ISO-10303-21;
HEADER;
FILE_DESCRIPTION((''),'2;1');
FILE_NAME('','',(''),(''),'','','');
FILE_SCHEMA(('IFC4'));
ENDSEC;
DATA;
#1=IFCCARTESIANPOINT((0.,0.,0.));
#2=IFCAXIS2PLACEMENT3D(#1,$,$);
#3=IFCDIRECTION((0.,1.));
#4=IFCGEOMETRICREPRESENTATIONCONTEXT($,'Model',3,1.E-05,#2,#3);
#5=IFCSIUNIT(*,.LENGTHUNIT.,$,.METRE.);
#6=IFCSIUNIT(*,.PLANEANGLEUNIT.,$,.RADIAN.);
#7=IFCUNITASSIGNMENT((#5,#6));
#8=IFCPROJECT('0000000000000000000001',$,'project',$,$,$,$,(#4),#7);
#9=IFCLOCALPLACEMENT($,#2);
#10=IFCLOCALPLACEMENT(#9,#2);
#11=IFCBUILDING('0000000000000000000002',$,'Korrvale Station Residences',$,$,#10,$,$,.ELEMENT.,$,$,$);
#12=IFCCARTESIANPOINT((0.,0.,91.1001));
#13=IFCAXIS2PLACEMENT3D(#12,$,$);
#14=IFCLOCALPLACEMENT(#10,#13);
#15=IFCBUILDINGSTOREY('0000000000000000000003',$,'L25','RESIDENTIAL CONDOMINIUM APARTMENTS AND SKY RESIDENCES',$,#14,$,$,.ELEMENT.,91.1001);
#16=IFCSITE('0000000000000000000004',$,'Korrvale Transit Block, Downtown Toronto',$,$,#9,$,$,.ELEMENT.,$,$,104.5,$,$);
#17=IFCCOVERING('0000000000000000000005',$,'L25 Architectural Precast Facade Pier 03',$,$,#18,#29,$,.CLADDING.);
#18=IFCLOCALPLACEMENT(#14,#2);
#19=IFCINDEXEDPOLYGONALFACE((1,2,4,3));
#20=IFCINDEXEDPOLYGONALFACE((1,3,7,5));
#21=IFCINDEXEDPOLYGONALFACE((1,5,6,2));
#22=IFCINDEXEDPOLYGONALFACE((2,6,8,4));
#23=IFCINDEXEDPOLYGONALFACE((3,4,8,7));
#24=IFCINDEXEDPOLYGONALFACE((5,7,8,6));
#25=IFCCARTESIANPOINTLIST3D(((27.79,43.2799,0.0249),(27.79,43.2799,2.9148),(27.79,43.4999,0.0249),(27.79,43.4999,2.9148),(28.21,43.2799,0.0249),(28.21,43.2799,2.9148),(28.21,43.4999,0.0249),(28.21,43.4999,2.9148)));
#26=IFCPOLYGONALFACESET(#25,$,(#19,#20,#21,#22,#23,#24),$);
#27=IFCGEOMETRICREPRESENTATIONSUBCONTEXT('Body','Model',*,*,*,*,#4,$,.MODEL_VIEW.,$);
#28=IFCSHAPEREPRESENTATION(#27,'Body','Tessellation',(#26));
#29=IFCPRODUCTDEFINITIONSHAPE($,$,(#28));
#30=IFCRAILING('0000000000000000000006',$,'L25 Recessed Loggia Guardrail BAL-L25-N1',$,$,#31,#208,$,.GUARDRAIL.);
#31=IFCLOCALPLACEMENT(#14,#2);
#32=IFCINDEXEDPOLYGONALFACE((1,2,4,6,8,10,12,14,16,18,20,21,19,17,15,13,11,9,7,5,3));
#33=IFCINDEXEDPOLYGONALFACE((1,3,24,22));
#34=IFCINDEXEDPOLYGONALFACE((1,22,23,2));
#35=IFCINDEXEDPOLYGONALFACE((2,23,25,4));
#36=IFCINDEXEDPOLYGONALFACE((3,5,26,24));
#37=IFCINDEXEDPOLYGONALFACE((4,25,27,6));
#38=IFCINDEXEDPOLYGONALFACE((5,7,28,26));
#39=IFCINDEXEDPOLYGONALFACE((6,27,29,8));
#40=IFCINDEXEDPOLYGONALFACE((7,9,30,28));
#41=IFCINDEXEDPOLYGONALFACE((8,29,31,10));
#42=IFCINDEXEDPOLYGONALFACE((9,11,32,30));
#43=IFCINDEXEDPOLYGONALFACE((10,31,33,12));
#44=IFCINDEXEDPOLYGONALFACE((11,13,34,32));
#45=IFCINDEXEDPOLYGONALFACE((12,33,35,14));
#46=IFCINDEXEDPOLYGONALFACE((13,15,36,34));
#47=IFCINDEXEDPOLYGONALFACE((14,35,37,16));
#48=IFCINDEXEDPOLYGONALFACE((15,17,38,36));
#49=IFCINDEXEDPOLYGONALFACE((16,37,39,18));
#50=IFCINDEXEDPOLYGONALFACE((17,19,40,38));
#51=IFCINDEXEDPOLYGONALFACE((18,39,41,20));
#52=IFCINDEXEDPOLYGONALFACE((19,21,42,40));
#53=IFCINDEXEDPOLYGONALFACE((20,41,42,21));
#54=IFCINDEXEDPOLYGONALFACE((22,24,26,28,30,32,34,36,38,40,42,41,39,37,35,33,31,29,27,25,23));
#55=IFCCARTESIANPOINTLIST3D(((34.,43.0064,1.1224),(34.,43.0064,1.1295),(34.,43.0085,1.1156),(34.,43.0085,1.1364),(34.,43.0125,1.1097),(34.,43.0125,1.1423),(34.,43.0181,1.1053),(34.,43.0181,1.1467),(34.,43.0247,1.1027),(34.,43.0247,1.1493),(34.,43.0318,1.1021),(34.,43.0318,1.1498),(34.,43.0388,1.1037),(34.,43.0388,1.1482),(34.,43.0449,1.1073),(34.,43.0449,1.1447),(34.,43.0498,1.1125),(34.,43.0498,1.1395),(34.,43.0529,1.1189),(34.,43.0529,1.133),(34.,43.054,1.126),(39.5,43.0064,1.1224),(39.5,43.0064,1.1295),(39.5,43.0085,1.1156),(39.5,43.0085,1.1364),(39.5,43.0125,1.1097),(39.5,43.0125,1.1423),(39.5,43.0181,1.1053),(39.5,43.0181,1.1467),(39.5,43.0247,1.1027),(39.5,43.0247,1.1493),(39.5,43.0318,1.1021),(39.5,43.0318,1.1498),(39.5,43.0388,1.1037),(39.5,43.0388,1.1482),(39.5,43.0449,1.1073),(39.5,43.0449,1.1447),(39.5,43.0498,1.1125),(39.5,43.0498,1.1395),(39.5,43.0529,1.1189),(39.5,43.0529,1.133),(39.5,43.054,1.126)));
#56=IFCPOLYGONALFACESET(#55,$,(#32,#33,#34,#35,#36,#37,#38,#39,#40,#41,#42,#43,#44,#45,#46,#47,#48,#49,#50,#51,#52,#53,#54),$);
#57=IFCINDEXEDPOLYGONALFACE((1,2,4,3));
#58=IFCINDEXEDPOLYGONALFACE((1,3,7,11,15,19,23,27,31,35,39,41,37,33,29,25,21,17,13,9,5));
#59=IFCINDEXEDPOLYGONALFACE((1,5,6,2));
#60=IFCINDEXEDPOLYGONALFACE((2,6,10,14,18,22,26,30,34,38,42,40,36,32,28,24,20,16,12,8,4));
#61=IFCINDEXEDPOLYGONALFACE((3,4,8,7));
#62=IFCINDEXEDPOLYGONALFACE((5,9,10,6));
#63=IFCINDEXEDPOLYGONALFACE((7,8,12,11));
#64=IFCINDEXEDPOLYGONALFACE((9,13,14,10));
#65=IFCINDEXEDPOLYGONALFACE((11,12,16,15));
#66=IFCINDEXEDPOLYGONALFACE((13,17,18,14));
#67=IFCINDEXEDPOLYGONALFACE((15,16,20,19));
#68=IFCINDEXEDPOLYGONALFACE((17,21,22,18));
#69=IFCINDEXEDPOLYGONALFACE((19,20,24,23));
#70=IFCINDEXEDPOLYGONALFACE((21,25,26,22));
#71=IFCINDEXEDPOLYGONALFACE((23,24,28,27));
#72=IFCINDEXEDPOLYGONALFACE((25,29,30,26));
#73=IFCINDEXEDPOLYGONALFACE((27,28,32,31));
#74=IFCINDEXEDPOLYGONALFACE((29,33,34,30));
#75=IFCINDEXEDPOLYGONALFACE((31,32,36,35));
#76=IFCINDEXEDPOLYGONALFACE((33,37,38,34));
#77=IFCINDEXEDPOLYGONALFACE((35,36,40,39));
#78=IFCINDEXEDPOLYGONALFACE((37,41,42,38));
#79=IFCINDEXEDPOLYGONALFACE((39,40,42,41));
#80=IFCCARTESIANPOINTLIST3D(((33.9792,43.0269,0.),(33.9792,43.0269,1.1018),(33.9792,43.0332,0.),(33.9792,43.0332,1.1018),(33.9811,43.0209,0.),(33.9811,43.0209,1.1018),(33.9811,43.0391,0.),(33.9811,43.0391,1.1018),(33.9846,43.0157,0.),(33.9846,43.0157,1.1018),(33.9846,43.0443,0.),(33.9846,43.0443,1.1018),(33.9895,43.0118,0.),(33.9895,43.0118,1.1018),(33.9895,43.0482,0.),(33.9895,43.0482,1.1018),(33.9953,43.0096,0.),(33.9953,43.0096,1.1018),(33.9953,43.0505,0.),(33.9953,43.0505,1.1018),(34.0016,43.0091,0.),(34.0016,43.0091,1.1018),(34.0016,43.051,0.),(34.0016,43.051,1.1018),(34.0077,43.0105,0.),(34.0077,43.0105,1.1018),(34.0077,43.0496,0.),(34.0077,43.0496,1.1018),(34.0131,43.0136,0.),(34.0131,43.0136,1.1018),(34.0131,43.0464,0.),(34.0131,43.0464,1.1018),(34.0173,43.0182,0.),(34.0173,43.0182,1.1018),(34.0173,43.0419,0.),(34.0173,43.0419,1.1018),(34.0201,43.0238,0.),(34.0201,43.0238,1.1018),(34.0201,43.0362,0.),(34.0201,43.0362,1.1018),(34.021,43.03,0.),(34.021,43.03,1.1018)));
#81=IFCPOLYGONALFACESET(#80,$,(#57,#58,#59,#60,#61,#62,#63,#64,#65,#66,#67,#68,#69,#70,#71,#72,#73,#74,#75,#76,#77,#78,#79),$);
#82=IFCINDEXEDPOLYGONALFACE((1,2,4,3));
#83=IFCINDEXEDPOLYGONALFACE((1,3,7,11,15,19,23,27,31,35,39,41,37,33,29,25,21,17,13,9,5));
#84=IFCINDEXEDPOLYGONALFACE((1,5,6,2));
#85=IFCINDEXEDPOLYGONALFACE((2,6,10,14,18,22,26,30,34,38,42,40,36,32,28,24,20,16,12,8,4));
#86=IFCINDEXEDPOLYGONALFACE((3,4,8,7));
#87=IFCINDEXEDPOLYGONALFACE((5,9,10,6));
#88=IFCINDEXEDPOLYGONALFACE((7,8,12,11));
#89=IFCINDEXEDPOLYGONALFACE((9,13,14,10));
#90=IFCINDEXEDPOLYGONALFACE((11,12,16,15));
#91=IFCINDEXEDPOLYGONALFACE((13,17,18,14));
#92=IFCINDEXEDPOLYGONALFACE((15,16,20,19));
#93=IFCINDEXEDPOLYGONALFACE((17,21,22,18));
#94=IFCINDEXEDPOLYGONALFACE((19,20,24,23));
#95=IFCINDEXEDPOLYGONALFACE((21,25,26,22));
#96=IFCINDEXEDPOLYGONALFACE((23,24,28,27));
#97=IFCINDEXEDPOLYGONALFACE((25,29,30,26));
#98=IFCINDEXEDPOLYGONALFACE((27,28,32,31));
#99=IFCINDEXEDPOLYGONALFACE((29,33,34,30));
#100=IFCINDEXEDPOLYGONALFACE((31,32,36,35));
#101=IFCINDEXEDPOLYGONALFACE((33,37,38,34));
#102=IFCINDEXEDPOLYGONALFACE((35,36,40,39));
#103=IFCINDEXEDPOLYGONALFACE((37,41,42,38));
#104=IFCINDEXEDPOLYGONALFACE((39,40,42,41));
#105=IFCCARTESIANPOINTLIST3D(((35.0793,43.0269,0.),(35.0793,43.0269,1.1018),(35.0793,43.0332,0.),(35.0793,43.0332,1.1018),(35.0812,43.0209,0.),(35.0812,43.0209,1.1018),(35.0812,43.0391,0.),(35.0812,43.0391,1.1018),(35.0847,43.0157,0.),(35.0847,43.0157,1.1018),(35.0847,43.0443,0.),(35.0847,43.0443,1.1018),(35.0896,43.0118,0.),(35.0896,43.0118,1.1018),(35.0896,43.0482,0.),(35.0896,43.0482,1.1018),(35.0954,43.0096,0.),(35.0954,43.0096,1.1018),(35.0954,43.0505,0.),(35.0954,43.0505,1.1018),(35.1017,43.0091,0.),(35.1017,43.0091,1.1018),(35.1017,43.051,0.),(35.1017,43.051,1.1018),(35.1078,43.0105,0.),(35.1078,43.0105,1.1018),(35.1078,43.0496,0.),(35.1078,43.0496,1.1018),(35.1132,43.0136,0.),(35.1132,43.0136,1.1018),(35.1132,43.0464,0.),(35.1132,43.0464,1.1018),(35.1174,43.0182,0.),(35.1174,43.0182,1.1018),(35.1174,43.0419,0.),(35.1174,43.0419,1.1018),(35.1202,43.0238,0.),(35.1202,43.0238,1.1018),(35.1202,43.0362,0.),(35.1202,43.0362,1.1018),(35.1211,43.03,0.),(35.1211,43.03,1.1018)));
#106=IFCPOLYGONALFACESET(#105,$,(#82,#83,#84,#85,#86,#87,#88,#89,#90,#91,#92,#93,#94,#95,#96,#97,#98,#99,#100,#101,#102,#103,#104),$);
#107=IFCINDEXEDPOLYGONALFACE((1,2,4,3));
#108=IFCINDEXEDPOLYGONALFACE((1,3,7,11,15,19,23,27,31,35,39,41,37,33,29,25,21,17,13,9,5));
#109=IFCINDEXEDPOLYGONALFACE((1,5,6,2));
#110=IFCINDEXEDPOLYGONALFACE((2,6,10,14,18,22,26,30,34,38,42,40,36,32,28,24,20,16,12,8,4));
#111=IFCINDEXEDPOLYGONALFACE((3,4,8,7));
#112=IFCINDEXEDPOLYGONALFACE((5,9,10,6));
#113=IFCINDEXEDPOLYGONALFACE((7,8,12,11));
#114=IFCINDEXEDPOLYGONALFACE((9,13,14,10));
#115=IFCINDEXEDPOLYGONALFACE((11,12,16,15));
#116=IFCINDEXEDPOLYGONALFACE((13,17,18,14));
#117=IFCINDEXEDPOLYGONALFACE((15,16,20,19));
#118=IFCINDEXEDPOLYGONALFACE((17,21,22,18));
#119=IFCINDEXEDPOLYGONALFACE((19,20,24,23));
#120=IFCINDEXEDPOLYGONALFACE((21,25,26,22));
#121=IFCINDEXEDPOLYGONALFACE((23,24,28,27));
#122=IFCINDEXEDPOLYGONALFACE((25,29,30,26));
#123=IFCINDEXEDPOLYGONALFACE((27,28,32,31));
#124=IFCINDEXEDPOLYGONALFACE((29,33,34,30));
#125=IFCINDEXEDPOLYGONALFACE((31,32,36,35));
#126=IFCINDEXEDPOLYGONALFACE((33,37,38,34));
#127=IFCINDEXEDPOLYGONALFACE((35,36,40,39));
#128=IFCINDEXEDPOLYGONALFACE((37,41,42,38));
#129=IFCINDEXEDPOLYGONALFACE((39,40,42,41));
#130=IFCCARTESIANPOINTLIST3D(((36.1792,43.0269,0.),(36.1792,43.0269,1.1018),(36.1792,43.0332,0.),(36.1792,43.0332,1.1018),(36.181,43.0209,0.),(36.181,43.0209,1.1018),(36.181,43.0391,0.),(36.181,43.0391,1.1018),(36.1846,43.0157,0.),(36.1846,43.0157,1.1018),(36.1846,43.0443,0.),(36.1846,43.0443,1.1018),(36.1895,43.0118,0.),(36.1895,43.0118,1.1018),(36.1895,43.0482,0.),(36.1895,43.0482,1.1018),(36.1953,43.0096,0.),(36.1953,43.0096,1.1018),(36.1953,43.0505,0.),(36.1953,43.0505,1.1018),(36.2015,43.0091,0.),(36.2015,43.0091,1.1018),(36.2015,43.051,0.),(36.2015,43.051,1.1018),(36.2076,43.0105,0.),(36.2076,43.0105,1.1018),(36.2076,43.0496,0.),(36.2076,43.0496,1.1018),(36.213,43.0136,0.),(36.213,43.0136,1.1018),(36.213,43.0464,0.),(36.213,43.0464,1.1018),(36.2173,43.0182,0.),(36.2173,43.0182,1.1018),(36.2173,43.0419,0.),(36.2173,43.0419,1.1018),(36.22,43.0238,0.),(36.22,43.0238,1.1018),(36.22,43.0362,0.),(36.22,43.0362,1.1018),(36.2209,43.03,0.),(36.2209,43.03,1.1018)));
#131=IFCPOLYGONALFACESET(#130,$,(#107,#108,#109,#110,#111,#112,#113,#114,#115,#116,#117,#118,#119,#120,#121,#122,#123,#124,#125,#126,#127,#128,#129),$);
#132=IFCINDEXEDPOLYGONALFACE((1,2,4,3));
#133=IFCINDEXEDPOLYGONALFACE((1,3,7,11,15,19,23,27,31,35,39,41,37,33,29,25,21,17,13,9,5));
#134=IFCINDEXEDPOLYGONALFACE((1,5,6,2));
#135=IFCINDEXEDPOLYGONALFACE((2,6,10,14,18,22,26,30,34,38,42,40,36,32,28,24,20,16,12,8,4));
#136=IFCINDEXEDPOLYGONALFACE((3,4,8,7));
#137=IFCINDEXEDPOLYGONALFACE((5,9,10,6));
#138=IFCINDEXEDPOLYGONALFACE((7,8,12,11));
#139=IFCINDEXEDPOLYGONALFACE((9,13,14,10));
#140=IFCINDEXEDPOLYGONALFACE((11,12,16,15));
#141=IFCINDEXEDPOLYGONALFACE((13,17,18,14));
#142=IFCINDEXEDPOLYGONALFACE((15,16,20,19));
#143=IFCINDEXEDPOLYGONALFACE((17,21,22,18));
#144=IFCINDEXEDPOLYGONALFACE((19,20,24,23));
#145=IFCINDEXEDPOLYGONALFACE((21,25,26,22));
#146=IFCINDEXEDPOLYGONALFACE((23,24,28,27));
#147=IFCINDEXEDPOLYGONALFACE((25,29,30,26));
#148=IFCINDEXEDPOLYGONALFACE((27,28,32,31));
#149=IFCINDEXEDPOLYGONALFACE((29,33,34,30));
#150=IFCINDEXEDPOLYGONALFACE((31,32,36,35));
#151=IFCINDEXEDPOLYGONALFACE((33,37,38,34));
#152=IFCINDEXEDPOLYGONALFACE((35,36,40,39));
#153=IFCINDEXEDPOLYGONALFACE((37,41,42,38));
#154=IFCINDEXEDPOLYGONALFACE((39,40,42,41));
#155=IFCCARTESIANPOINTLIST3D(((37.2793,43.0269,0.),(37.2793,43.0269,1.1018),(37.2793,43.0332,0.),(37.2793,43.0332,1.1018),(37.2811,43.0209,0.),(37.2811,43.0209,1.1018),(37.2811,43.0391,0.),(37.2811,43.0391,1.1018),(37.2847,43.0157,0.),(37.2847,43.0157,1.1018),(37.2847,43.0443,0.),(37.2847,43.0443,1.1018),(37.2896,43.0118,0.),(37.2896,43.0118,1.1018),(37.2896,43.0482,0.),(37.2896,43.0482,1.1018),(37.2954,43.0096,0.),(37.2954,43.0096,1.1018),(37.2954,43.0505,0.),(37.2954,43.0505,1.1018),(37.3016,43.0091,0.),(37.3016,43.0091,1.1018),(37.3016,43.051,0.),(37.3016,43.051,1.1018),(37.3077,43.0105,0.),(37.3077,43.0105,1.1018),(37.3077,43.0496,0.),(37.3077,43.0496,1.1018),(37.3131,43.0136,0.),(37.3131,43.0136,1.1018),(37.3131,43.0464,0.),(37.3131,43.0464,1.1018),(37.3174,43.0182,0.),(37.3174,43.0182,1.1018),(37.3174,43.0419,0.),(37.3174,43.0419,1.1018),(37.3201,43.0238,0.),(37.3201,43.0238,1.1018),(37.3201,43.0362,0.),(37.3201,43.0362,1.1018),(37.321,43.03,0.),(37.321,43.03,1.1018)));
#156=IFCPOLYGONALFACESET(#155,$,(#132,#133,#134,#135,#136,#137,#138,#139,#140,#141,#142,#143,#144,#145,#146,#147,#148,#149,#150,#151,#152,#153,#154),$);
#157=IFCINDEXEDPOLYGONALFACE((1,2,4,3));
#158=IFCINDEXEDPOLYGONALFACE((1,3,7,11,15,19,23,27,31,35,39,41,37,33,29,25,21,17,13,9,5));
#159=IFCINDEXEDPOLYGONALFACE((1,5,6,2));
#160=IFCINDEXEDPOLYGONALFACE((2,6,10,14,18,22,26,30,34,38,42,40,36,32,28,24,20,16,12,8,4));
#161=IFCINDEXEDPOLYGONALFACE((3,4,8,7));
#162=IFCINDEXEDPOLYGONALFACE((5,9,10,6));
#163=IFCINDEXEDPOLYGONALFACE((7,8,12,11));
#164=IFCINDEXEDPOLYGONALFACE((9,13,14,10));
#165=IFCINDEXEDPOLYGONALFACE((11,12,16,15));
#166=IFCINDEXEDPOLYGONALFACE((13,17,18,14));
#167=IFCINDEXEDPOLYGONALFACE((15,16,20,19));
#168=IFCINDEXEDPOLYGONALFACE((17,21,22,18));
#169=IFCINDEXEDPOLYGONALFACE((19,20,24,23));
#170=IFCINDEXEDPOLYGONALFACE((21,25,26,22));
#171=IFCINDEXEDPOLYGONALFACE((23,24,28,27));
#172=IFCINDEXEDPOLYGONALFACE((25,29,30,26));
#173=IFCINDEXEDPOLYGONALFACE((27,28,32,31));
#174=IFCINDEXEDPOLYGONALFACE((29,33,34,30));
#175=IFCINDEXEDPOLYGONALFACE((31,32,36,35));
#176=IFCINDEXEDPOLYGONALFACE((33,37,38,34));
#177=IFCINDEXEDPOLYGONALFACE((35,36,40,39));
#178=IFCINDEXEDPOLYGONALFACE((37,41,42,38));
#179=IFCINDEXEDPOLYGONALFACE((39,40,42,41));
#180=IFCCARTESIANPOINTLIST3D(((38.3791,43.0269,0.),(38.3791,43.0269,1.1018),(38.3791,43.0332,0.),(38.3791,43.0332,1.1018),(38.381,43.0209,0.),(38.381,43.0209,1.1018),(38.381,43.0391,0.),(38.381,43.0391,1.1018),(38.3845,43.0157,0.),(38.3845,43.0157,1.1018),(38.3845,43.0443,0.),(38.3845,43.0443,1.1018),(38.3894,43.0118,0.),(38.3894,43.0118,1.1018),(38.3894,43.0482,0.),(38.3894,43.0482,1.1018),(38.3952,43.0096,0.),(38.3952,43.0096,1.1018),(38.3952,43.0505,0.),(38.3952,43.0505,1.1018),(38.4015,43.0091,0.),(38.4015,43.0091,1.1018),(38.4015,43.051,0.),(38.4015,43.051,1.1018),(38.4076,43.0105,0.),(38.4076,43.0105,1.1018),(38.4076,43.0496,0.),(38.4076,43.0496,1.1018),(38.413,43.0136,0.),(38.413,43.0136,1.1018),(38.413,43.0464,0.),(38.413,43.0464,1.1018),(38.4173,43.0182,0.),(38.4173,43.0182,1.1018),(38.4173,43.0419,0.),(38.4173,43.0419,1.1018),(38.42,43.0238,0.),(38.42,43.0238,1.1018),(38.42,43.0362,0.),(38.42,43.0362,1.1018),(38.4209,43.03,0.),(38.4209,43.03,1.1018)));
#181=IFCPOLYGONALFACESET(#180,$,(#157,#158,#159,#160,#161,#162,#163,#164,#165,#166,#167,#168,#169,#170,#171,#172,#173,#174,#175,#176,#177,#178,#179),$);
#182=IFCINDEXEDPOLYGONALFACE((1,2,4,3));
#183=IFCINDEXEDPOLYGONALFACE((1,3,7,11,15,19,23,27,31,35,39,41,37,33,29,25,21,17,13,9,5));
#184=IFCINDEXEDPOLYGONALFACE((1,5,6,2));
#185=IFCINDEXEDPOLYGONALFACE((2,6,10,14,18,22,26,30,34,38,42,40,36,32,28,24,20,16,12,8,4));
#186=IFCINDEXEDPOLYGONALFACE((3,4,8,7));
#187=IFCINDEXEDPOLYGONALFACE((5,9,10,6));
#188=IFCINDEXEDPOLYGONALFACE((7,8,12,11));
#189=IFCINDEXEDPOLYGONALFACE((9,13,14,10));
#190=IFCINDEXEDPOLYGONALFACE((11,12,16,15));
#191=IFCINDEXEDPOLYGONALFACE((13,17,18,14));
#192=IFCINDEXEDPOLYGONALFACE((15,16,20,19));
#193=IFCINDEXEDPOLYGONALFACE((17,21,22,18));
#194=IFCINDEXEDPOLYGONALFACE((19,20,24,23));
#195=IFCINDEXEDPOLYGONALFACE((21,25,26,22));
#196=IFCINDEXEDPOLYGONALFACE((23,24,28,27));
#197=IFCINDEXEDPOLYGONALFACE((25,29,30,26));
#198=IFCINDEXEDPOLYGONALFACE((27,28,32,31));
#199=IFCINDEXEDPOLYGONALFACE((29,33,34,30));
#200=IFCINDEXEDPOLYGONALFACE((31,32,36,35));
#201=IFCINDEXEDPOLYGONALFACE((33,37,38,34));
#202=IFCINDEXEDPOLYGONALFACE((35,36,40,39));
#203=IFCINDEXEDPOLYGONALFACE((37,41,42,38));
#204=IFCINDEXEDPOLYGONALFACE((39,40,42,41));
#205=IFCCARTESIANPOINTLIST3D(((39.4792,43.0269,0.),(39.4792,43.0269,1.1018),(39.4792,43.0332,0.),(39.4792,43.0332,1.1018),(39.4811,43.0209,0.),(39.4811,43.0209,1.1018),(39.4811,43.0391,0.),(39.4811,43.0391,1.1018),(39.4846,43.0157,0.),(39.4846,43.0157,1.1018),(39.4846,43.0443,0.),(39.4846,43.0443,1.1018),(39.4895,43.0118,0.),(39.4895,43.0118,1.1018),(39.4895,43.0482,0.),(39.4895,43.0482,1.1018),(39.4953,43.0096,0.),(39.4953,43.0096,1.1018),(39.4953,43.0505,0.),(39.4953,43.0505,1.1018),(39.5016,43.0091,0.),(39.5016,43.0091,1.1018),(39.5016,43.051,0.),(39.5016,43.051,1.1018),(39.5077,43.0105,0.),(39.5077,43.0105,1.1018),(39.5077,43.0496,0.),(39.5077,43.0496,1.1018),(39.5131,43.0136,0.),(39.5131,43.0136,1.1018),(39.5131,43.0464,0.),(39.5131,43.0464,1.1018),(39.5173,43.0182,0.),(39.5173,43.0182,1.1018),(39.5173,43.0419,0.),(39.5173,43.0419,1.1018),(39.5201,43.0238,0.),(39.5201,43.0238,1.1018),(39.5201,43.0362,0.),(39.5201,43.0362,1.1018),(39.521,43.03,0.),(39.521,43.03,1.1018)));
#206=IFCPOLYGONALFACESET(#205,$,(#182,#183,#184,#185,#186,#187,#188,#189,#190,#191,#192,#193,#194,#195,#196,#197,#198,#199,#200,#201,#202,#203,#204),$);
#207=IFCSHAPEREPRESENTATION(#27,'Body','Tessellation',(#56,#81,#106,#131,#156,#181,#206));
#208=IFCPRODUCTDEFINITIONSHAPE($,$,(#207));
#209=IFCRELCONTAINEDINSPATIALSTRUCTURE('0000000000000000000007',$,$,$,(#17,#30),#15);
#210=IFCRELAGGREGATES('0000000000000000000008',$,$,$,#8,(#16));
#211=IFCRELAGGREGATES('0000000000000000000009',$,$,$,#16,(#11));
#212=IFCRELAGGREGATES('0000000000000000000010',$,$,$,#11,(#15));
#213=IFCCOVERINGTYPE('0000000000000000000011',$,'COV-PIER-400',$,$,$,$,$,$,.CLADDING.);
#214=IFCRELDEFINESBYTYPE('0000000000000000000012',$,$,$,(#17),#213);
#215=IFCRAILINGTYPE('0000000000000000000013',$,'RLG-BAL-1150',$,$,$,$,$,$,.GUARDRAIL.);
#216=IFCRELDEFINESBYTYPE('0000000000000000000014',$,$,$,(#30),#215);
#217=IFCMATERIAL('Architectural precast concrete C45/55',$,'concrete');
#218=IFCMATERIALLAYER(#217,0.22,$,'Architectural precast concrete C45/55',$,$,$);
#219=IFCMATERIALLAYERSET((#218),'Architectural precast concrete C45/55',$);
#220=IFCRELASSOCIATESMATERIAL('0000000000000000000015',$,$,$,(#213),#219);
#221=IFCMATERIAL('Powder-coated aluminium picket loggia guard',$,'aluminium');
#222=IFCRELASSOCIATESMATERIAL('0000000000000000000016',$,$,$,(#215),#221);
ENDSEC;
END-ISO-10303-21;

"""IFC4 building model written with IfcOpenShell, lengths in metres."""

from ifc_helpers import new_model, si_unit, direction, frame, origin, origin_2d, place, context, subcontext, project, spatial, rectangle, circle, extrude, material, layer, layer_set, type_object, element, save


model = new_model("IFC4")

# Units and contexts
model_context = context("Model", 3, precision=1e-05, world=origin(), true_north=direction((0.0, 1.0)))
body_context = subcontext(model_context, "Body", "Model", "MODEL_VIEW")
ifc_project = project(units=[si_unit("LENGTHUNIT", "METRE"), si_unit("PLANEANGLEUNIT", "RADIAN")], contexts=[model_context])

# Site, building, storey
site_placement = place(None, origin())
site = spatial("IfcSite", under=ifc_project, at=site_placement, Name="Korrvale Transit Block, Downtown Toronto", CompositionType="ELEMENT", RefElevation=104.5)
building_placement = place(site_placement, origin())
building = spatial("IfcBuilding", under=site, at=building_placement, Name="Korrvale Station Residences", CompositionType="ELEMENT")
storey_placement = place(building_placement, frame((0.0, 0.0, 91.1001)))
storey = spatial("IfcBuildingStorey", under=building, at=storey_placement, Name="L25", Description="RESIDENTIAL CONDOMINIUM APARTMENTS AND SKY RESIDENCES", CompositionType="ELEMENT", Elevation=91.1001)

# Covering
ifc_material_1 = material(Name="Architectural precast concrete C45/55", Category="concrete")
ifc_layer_1 = layer(ifc_material_1, 0.22, Name="Architectural precast concrete C45/55")
ifc_layer_set_1 = layer_set([ifc_layer_1], Name="Architectural precast concrete C45/55")
covering_type = type_object("IfcCoveringType", Name="COV-PIER-400", PredefinedType="CLADDING", material=ifc_layer_set_1)
covering_placement = place(storey_placement, frame((28.0, 43.3899, 0.0249), z_axis=(0.0, 0.0, 1.0), x_axis=(1.0, 0.0, 0.0)))
element("IfcCovering", 1, at=covering_placement, inside=storey, type_object=covering_type, Name="L25 Architectural Precast Facade Pier 03", PredefinedType="CLADDING", context=body_context, shape_type="SweptSolid", body=[
    extrude(rectangle(XDim=0.4199, YDim=0.22, at=origin_2d()), origin(), (0.0, 0.0, 1.0), 2.8899),
])

# Railing
ifc_material_2 = material(Name="Powder-coated aluminium picket loggia guard", Category="aluminium")
railing_type = type_object("IfcRailingType", Name="RLG-BAL-1150", PredefinedType="GUARDRAIL", material=ifc_material_2)
railing_placement = place(storey_placement, frame((34.0, 43.03, 0.0)))
element("IfcRailing", 2, at=railing_placement, inside=storey, type_object=railing_type, Name="L25 Recessed Loggia Guardrail BAL-L25-N1", PredefinedType="GUARDRAIL", context=body_context, shape_type="SweptSolid", body=[
    extrude(circle(Radius=0.0239, at=origin_2d()), frame((0.0, 0.0, 1.126), z_axis=(1.0, 0.0, 0.0), x_axis=(0.0, 1.0, 0.0)), (0.0, 0.0, 1.0), 5.5),
    extrude(circle(Radius=0.021, at=origin_2d()), origin(), (0.0, 0.0, 1.0), 1.1018),
    extrude(circle(Radius=0.021, at=origin_2d()), frame((1.1001, 0.0, 0.0)), (0.0, 0.0, 1.0), 1.1018),
    extrude(circle(Radius=0.021, at=origin_2d()), frame((2.2, 0.0, 0.0)), (0.0, 0.0, 1.0), 1.1018),
    extrude(circle(Radius=0.021, at=origin_2d()), frame((3.3, 0.0, 0.0)), (0.0, 0.0, 1.0), 1.1018),
    extrude(circle(Radius=0.021, at=origin_2d()), frame((4.3999, 0.0, 0.0)), (0.0, 0.0, 1.0), 1.1018),
    extrude(circle(Radius=0.021, at=origin_2d()), frame((5.5, 0.0, 0.0)), (0.0, 0.0, 1.0), 1.1018),
])

save(model, "model.ifc")
